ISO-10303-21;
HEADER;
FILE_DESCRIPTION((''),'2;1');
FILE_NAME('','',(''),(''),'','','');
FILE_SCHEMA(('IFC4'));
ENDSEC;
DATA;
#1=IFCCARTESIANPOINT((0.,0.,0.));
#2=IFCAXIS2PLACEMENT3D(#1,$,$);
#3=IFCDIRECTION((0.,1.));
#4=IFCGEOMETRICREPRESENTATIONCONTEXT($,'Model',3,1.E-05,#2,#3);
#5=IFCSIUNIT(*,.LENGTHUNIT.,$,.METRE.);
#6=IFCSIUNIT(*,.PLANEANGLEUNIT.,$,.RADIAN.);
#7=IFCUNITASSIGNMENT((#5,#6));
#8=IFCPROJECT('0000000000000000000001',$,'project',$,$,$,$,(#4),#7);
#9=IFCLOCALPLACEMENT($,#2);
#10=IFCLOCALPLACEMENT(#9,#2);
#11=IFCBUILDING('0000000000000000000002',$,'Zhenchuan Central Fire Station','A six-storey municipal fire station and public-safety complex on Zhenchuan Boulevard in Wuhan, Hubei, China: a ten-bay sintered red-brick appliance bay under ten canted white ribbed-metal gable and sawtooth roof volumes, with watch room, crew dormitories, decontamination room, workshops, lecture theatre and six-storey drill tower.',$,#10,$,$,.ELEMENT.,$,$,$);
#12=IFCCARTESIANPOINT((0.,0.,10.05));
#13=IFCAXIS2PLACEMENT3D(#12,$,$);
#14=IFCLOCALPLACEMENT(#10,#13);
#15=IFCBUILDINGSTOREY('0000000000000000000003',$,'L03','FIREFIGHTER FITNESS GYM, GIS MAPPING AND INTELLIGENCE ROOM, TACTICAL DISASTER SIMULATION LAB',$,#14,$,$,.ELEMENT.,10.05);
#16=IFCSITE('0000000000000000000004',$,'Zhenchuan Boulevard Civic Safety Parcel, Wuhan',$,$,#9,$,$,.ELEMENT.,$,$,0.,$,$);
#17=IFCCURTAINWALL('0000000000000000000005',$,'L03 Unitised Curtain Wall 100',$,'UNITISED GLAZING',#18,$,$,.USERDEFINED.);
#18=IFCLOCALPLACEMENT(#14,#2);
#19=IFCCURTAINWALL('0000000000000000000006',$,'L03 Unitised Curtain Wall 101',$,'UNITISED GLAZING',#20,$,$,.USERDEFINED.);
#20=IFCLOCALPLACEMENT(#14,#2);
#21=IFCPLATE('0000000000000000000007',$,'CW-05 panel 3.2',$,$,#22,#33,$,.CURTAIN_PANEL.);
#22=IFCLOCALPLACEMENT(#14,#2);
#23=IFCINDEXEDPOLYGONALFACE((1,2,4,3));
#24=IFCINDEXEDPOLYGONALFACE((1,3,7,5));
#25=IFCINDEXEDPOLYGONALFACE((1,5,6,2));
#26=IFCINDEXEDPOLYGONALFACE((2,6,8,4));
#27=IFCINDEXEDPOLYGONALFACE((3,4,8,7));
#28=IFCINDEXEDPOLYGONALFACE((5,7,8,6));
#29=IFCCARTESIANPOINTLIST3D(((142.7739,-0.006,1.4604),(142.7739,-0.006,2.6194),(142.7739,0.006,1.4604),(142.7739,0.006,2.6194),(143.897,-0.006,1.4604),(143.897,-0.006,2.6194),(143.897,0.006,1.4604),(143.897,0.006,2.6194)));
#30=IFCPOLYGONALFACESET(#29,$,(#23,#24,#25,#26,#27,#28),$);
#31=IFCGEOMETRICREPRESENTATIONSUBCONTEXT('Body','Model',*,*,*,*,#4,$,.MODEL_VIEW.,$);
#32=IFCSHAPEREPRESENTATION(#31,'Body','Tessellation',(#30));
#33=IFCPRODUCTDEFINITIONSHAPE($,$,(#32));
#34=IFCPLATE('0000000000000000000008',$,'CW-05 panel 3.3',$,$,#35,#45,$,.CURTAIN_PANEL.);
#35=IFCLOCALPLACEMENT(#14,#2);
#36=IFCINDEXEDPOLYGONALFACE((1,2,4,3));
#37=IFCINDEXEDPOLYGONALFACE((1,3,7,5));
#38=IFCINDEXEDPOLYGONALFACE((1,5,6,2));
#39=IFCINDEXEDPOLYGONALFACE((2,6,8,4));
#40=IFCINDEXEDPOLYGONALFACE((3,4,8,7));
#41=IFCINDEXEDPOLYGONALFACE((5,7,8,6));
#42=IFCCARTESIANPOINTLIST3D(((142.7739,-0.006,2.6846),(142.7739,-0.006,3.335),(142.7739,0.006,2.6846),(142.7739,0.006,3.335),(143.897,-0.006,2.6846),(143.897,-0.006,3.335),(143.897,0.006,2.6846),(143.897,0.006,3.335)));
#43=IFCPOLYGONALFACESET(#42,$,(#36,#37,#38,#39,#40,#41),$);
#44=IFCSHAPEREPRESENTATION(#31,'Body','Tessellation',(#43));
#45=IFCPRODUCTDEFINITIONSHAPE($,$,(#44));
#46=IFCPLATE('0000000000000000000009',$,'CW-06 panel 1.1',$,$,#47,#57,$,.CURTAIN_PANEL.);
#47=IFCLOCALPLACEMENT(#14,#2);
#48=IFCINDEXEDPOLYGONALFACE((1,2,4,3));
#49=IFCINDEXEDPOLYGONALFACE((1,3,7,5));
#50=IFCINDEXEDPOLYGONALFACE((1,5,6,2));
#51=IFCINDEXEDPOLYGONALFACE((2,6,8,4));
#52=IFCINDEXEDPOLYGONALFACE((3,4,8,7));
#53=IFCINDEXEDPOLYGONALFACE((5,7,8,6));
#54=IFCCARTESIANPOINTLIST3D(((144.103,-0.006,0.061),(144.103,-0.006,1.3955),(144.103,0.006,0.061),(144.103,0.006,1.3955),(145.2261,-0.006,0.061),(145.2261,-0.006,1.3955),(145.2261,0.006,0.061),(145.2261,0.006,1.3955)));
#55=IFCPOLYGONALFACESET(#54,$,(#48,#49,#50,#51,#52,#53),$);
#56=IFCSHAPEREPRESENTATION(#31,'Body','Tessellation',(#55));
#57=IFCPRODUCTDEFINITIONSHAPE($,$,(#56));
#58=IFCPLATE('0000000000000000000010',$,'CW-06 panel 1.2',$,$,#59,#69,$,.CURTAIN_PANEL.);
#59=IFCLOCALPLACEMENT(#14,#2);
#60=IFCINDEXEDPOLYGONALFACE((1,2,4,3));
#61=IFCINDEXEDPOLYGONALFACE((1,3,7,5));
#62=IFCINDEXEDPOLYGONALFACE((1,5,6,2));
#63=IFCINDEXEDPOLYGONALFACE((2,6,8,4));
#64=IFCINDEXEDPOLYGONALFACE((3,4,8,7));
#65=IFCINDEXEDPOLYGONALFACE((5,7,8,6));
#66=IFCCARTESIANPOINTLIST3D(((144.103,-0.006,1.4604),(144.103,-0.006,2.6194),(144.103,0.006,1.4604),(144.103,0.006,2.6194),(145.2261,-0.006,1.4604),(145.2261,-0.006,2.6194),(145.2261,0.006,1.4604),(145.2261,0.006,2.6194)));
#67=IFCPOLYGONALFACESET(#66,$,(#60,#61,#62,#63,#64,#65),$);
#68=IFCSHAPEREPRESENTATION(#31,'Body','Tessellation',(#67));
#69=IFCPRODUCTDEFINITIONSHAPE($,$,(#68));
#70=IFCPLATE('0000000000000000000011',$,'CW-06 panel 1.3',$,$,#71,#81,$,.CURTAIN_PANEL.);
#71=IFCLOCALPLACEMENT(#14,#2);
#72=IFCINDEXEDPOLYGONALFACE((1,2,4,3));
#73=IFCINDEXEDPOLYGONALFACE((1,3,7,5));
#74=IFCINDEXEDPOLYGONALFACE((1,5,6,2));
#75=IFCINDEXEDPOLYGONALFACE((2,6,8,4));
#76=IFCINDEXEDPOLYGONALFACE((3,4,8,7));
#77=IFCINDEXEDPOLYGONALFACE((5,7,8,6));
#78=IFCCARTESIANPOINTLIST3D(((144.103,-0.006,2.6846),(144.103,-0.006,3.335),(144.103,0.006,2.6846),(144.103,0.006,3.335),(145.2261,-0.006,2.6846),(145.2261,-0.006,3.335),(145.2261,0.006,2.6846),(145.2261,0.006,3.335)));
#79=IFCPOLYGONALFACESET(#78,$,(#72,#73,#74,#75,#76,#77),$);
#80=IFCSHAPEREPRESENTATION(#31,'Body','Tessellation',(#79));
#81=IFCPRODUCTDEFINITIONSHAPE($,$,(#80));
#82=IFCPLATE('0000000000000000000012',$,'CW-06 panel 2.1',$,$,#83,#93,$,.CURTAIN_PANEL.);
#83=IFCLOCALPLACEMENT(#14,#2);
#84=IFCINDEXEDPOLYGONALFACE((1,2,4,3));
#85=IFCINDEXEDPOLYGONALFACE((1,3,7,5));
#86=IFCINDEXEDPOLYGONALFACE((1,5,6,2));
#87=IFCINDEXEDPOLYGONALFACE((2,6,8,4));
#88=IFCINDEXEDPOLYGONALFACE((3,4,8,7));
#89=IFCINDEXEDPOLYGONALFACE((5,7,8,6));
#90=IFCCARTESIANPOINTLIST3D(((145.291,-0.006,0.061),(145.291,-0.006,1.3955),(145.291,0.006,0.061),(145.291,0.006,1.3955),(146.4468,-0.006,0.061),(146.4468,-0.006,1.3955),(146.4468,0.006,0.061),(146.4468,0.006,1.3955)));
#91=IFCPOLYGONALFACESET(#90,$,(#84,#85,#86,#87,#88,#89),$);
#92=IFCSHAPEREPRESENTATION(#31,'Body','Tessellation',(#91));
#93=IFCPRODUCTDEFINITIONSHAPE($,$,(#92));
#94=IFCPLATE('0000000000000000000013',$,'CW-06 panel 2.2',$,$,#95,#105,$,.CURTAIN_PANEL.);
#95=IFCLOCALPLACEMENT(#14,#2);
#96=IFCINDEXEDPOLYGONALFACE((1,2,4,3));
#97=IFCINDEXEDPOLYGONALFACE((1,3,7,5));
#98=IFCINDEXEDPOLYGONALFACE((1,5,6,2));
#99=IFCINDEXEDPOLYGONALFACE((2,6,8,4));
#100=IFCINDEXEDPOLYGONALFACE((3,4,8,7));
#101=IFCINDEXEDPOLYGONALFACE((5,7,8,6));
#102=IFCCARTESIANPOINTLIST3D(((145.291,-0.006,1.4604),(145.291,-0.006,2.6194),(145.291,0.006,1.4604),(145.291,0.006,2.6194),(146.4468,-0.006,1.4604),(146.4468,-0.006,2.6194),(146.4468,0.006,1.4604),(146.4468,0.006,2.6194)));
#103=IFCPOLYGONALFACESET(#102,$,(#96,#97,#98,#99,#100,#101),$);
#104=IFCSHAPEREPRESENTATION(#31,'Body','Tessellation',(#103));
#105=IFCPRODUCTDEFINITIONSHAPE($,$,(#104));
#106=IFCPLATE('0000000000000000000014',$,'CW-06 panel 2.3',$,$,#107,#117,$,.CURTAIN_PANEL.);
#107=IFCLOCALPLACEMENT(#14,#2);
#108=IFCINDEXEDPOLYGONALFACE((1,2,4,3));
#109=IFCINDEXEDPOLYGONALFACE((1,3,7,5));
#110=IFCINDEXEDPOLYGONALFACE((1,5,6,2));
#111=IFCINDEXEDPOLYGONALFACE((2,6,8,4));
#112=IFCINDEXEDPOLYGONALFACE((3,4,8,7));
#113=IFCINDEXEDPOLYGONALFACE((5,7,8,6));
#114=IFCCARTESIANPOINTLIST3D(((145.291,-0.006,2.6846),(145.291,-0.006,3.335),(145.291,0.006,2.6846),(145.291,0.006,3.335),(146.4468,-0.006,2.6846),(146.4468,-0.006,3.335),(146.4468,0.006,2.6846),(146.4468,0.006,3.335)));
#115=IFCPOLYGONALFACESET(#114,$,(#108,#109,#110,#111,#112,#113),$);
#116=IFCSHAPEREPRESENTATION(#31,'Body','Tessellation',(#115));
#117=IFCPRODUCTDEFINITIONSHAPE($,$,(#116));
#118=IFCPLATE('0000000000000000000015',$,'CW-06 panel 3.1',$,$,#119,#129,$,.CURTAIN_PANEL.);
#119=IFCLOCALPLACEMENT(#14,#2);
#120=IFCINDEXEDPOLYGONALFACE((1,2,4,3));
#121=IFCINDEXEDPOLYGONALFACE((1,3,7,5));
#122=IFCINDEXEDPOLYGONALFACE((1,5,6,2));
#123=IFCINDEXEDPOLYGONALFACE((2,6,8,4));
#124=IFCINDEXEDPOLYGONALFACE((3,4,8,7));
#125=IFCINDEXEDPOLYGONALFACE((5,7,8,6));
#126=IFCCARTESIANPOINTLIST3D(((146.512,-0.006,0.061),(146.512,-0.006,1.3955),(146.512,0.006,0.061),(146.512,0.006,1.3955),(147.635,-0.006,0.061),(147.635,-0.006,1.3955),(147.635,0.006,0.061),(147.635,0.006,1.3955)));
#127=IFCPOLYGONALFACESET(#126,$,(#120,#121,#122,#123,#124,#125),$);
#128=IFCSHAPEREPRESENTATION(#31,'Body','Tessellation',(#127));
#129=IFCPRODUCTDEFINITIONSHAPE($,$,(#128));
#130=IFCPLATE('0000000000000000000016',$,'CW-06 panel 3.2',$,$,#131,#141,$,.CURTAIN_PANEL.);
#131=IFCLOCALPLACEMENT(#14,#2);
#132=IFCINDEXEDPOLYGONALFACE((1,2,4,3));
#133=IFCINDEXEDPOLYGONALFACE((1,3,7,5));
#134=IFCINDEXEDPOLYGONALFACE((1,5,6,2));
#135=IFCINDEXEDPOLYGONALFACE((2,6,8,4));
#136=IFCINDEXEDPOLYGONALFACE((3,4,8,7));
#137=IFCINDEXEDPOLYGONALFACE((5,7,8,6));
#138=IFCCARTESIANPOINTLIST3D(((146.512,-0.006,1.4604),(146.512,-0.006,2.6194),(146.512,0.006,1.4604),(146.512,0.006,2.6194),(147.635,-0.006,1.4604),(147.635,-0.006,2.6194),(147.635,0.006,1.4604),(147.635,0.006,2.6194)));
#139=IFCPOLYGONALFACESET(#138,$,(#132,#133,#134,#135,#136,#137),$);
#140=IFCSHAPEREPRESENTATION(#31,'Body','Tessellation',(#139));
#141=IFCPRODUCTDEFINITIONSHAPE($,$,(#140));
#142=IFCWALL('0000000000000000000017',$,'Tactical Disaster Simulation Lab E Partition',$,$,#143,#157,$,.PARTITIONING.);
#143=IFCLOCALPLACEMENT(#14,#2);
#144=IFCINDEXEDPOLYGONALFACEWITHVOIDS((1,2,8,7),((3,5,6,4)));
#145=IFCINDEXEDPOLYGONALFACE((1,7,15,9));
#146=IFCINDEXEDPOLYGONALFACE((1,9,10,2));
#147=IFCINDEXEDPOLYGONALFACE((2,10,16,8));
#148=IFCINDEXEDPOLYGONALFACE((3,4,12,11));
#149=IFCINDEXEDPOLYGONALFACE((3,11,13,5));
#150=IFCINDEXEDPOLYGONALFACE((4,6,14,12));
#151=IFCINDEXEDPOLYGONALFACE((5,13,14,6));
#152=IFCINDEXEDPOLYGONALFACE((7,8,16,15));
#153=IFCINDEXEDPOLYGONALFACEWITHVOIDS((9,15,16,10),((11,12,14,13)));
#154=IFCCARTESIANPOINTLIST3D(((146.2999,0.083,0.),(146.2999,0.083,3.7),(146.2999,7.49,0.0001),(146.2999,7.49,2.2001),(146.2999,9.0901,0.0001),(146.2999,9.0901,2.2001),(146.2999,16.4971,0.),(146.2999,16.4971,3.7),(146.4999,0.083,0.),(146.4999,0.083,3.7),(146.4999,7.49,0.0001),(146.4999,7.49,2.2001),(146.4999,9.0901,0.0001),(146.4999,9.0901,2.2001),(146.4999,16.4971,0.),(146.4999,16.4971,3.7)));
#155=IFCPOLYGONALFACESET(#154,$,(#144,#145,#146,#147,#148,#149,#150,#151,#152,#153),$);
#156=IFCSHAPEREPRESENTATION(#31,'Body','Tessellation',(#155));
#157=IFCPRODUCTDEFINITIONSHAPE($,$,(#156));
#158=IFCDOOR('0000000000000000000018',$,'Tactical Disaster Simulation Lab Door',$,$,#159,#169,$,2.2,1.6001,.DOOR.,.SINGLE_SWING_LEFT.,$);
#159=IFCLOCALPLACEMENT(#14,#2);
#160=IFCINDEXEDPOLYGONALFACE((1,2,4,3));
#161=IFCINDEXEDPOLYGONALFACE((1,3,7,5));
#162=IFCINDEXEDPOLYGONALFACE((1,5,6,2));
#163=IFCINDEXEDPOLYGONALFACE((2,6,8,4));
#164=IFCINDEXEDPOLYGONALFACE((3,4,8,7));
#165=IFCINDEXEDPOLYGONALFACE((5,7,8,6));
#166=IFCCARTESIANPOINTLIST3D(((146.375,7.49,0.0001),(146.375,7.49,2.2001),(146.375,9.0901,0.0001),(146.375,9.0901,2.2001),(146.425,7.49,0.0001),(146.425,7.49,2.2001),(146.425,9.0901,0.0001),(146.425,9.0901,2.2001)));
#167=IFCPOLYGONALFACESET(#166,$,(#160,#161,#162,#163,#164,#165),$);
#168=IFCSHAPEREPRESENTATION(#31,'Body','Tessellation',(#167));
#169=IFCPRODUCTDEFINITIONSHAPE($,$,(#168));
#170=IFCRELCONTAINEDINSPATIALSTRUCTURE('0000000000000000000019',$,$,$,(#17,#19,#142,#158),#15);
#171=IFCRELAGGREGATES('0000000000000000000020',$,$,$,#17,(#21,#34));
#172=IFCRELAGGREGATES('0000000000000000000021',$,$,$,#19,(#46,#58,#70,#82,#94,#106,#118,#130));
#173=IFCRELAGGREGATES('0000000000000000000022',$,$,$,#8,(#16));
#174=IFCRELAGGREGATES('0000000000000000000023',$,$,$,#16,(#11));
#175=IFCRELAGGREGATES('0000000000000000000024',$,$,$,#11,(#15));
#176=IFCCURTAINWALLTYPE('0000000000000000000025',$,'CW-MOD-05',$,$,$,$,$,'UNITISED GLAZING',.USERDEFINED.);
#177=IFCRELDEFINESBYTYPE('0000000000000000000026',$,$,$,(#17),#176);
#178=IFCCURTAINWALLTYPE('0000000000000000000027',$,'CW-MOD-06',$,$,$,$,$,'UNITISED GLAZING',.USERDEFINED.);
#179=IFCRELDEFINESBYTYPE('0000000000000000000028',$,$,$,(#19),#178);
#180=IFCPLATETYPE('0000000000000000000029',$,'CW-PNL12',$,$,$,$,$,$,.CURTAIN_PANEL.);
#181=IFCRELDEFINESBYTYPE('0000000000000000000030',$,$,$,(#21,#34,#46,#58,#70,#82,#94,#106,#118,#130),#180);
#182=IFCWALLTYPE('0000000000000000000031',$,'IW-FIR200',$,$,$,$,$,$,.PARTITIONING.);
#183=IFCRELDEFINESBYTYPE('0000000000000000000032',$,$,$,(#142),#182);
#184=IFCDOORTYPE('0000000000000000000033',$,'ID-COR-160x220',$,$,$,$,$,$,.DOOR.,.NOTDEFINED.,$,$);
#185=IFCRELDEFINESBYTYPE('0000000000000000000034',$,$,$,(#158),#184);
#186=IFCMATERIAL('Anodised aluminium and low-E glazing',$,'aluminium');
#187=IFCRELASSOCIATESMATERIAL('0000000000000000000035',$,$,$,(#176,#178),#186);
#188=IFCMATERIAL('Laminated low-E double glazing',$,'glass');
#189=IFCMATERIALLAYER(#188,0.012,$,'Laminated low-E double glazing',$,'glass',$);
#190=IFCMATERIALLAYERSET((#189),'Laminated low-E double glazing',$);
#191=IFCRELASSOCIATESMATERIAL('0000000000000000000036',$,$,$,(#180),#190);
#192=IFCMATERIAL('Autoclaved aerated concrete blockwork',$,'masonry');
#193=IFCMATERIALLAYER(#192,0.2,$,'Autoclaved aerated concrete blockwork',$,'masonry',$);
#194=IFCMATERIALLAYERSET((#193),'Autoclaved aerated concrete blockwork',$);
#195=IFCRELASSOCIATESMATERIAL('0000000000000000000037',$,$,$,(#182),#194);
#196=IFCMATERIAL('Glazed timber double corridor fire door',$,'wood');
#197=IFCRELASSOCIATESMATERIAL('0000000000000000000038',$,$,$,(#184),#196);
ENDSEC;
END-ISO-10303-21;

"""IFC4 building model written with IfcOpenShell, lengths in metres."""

from ifc_helpers import new_model, si_unit, direction, frame, frame_2d, origin, origin_2d, place, context, subcontext, project, spatial, rectangle, extrude, material, layer, layer_set, type_object, element, fill, aggregate, save


model = new_model("IFC4")

# Units and contexts
model_context = context("Model", 3, precision=1e-05, world=origin(), true_north=direction((0.0, 1.0)))
body_context = subcontext(model_context, "Body", "Model", "MODEL_VIEW")
ifc_project = project(units=[si_unit("LENGTHUNIT", "METRE"), si_unit("PLANEANGLEUNIT", "RADIAN")], contexts=[model_context])

# Site, building, storey
site_placement = place(None, origin())
site = spatial("IfcSite", under=ifc_project, at=site_placement, Name="Zhenchuan Boulevard Civic Safety Parcel, Wuhan", CompositionType="ELEMENT", RefElevation=0.0)
building_placement = place(site_placement, origin())
building = spatial("IfcBuilding", under=site, at=building_placement, Name="Zhenchuan Central Fire Station", Description="A six-storey municipal fire station and public-safety complex on Zhenchuan Boulevard in Wuhan, Hubei, China: a ten-bay sintered red-brick appliance bay under ten canted white ribbed-metal gable and sawtooth roof volumes, with watch room, crew dormitories, decontamination room, workshops, lecture theatre and six-storey drill tower.", CompositionType="ELEMENT")
storey_placement = place(building_placement, frame((0.0, 0.0, 10.05)))
storey = spatial("IfcBuildingStorey", under=building, at=storey_placement, Name="L03", Description="FIREFIGHTER FITNESS GYM, GIS MAPPING AND INTELLIGENCE ROOM, TACTICAL DISASTER SIMULATION LAB", CompositionType="ELEMENT", Elevation=10.05)

# Curtain wall
ifc_material_1 = material(Name="Anodised aluminium and low-E glazing", Category="aluminium")
curtain_wall_type_1 = type_object("IfcCurtainWallType", Name="CW-MOD-05", ElementType="UNITISED GLAZING", PredefinedType="USERDEFINED", material=ifc_material_1)
curtain_wall_1_placement = place(storey_placement, origin())
curtain_wall_1 = element("IfcCurtainWall", 1, at=curtain_wall_1_placement, inside=storey, type_object=curtain_wall_type_1, Name="L03 Unitised Curtain Wall 100", ObjectType="UNITISED GLAZING", PredefinedType="USERDEFINED")

# Curtain wall
curtain_wall_type_2 = type_object("IfcCurtainWallType", Name="CW-MOD-06", ElementType="UNITISED GLAZING", PredefinedType="USERDEFINED", material=ifc_material_1)
curtain_wall_2_placement = place(storey_placement, origin())
curtain_wall_2 = element("IfcCurtainWall", 2, at=curtain_wall_2_placement, inside=storey, type_object=curtain_wall_type_2, Name="L03 Unitised Curtain Wall 101", ObjectType="UNITISED GLAZING", PredefinedType="USERDEFINED")

# Plates
ifc_material_2 = material(Name="Laminated low-E double glazing", Category="glass")
ifc_layer_1 = layer(ifc_material_2, 0.012, Name="Laminated low-E double glazing", Category="glass")
ifc_layer_set_1 = layer_set([ifc_layer_1], Name="Laminated low-E double glazing")
plate_type = type_object("IfcPlateType", Name="CW-PNL12", PredefinedType="CURTAIN_PANEL", material=ifc_layer_set_1)
plate_1_placement = place(storey_placement, frame((143.3354, 0.0, 1.4604), z_axis=(0.0, 0.0, 1.0), x_axis=(1.0, 0.0, 0.0)))
plate_1 = element("IfcPlate", 3, at=plate_1_placement, type_object=plate_type, Name="CW-05 panel 3.2", PredefinedType="CURTAIN_PANEL", context=body_context, shape_type="SweptSolid", body=[
    extrude(rectangle(XDim=1.123, YDim=0.012, at=origin_2d()), origin(), (0.0, 0.0, 1.0), 1.1589),
])
plate_2_placement = place(storey_placement, frame((143.3354, 0.0, 2.6846), z_axis=(0.0, 0.0, 1.0), x_axis=(1.0, 0.0, 0.0)))
plate_2 = element("IfcPlate", 4, at=plate_2_placement, type_object=plate_type, Name="CW-05 panel 3.3", PredefinedType="CURTAIN_PANEL", context=body_context, shape_type="SweptSolid", body=[
    extrude(rectangle(XDim=1.123, YDim=0.012, at=origin_2d()), origin(), (0.0, 0.0, 1.0), 0.6504),
])
aggregate(curtain_wall_1, [plate_1, plate_2])
plate_3_placement = place(storey_placement, frame((144.6646, 0.0, 0.061), z_axis=(0.0, 0.0, 1.0), x_axis=(1.0, 0.0, 0.0)))
plate_3 = element("IfcPlate", 5, at=plate_3_placement, type_object=plate_type, Name="CW-06 panel 1.1", PredefinedType="CURTAIN_PANEL", context=body_context, shape_type="SweptSolid", body=[
    extrude(rectangle(XDim=1.123, YDim=0.012, at=origin_2d()), origin(), (0.0, 0.0, 1.0), 1.3345),
])
plate_4_placement = place(storey_placement, frame((144.6646, 0.0, 1.4604), z_axis=(0.0, 0.0, 1.0), x_axis=(1.0, 0.0, 0.0)))
plate_4 = element("IfcPlate", 6, at=plate_4_placement, type_object=plate_type, Name="CW-06 panel 1.2", PredefinedType="CURTAIN_PANEL", context=body_context, shape_type="SweptSolid", body=[
    extrude(rectangle(XDim=1.123, YDim=0.012, at=origin_2d()), origin(), (0.0, 0.0, 1.0), 1.1589),
])
plate_5_placement = place(storey_placement, frame((144.6646, 0.0, 2.6846), z_axis=(0.0, 0.0, 1.0), x_axis=(1.0, 0.0, 0.0)))
plate_5 = element("IfcPlate", 7, at=plate_5_placement, type_object=plate_type, Name="CW-06 panel 1.3", PredefinedType="CURTAIN_PANEL", context=body_context, shape_type="SweptSolid", body=[
    extrude(rectangle(XDim=1.123, YDim=0.012, at=origin_2d()), origin(), (0.0, 0.0, 1.0), 0.6504),
])
plate_6_placement = place(storey_placement, frame((145.8689, 0.0, 0.061), z_axis=(0.0, 0.0, 1.0), x_axis=(1.0, 0.0, 0.0)))
plate_6 = element("IfcPlate", 8, at=plate_6_placement, type_object=plate_type, Name="CW-06 panel 2.1", PredefinedType="CURTAIN_PANEL", context=body_context, shape_type="SweptSolid", body=[
    extrude(rectangle(XDim=1.1558, YDim=0.012, at=origin_2d()), origin(), (0.0, 0.0, 1.0), 1.3345),
])
plate_7_placement = place(storey_placement, frame((145.8689, 0.0, 1.4604), z_axis=(0.0, 0.0, 1.0), x_axis=(1.0, 0.0, 0.0)))
plate_7 = element("IfcPlate", 9, at=plate_7_placement, type_object=plate_type, Name="CW-06 panel 2.2", PredefinedType="CURTAIN_PANEL", context=body_context, shape_type="SweptSolid", body=[
    extrude(rectangle(XDim=1.1558, YDim=0.012, at=origin_2d()), origin(), (0.0, 0.0, 1.0), 1.1589),
])
plate_8_placement = place(storey_placement, frame((145.8689, 0.0, 2.6846), z_axis=(0.0, 0.0, 1.0), x_axis=(1.0, 0.0, 0.0)))
plate_8 = element("IfcPlate", 10, at=plate_8_placement, type_object=plate_type, Name="CW-06 panel 2.3", PredefinedType="CURTAIN_PANEL", context=body_context, shape_type="SweptSolid", body=[
    extrude(rectangle(XDim=1.1558, YDim=0.012, at=origin_2d()), origin(), (0.0, 0.0, 1.0), 0.6504),
])
plate_9_placement = place(storey_placement, frame((147.0735, 0.0, 0.061), z_axis=(0.0, 0.0, 1.0), x_axis=(1.0, 0.0, 0.0)))
plate_9 = element("IfcPlate", 11, at=plate_9_placement, type_object=plate_type, Name="CW-06 panel 3.1", PredefinedType="CURTAIN_PANEL", context=body_context, shape_type="SweptSolid", body=[
    extrude(rectangle(XDim=1.123, YDim=0.012, at=origin_2d()), origin(), (0.0, 0.0, 1.0), 1.3345),
])
plate_10_placement = place(storey_placement, frame((147.0735, 0.0, 1.4604), z_axis=(0.0, 0.0, 1.0), x_axis=(1.0, 0.0, 0.0)))
plate_10 = element("IfcPlate", 12, at=plate_10_placement, type_object=plate_type, Name="CW-06 panel 3.2", PredefinedType="CURTAIN_PANEL", context=body_context, shape_type="SweptSolid", body=[
    extrude(rectangle(XDim=1.123, YDim=0.012, at=origin_2d()), origin(), (0.0, 0.0, 1.0), 1.1589),
])
aggregate(curtain_wall_2, [plate_3, plate_4, plate_5, plate_6, plate_7, plate_8, plate_9, plate_10])

# Wall, opening, door
ifc_material_3 = material(Name="Autoclaved aerated concrete blockwork", Category="masonry")
ifc_layer_2 = layer(ifc_material_3, 0.2, Name="Autoclaved aerated concrete blockwork", Category="masonry")
ifc_layer_set_2 = layer_set([ifc_layer_2], Name="Autoclaved aerated concrete blockwork")
wall_type = type_object("IfcWallType", Name="IW-FIR200", PredefinedType="PARTITIONING", material=ifc_layer_set_2)
wall_placement = place(storey_placement, frame((146.3999, 0.083, 0.0), z_axis=(0.0, 0.0, 1.0), x_axis=(0.0, 1.0, 0.0)))
wall = element("IfcWall", 13, at=wall_placement, inside=storey, type_object=wall_type, Name="Tactical Disaster Simulation Lab E Partition", PredefinedType="PARTITIONING", context=body_context, shape_type="SweptSolid", body=[
    extrude(rectangle(XDim=16.4141, YDim=0.2, at=frame_2d((8.207, 0.0))), origin(), (0.0, 0.0, 1.0), 3.7),
])
opening_placement = place(wall_placement, frame((7.407, 0.0, 0.0)))
opening = element("IfcOpeningElement", 14, at=opening_placement, cuts=wall, PredefinedType="OPENING", context=body_context, shape_type="SweptSolid", body=[
    extrude(rectangle(XDim=1.6001, YDim=2.2, at=frame_2d((0.8, 1.1001))), frame((0.0, 0.1099, 0.0), z_axis=(0.0, -1.0, 0.0), x_axis=(1.0, 0.0, 0.0)), (0.0, 0.0, 1.0), 0.22),
])
ifc_material_4 = material(Name="Glazed timber double corridor fire door", Category="wood")
door_type = type_object("IfcDoorType", Name="ID-COR-160x220", OperationType="NOTDEFINED", PredefinedType="DOOR", material=ifc_material_4)
door_placement = place(opening_placement, origin())
door = element("IfcDoor", 15, at=door_placement, inside=storey, type_object=door_type, Name="Tactical Disaster Simulation Lab Door", OperationType="SINGLE_SWING_LEFT", OverallHeight=2.2, OverallWidth=1.6001, PredefinedType="DOOR", context=body_context, shape_type="SweptSolid", body=[
    extrude(rectangle(XDim=1.6001, YDim=2.2, at=frame_2d((0.8, 1.1001))), frame((0.0, 0.0249, 0.0), z_axis=(0.0, -1.0, 0.0), x_axis=(1.0, 0.0, 0.0)), (0.0, 0.0, 1.0), 0.05),
])
fill(opening, door)

save(model, "model.ifc")
